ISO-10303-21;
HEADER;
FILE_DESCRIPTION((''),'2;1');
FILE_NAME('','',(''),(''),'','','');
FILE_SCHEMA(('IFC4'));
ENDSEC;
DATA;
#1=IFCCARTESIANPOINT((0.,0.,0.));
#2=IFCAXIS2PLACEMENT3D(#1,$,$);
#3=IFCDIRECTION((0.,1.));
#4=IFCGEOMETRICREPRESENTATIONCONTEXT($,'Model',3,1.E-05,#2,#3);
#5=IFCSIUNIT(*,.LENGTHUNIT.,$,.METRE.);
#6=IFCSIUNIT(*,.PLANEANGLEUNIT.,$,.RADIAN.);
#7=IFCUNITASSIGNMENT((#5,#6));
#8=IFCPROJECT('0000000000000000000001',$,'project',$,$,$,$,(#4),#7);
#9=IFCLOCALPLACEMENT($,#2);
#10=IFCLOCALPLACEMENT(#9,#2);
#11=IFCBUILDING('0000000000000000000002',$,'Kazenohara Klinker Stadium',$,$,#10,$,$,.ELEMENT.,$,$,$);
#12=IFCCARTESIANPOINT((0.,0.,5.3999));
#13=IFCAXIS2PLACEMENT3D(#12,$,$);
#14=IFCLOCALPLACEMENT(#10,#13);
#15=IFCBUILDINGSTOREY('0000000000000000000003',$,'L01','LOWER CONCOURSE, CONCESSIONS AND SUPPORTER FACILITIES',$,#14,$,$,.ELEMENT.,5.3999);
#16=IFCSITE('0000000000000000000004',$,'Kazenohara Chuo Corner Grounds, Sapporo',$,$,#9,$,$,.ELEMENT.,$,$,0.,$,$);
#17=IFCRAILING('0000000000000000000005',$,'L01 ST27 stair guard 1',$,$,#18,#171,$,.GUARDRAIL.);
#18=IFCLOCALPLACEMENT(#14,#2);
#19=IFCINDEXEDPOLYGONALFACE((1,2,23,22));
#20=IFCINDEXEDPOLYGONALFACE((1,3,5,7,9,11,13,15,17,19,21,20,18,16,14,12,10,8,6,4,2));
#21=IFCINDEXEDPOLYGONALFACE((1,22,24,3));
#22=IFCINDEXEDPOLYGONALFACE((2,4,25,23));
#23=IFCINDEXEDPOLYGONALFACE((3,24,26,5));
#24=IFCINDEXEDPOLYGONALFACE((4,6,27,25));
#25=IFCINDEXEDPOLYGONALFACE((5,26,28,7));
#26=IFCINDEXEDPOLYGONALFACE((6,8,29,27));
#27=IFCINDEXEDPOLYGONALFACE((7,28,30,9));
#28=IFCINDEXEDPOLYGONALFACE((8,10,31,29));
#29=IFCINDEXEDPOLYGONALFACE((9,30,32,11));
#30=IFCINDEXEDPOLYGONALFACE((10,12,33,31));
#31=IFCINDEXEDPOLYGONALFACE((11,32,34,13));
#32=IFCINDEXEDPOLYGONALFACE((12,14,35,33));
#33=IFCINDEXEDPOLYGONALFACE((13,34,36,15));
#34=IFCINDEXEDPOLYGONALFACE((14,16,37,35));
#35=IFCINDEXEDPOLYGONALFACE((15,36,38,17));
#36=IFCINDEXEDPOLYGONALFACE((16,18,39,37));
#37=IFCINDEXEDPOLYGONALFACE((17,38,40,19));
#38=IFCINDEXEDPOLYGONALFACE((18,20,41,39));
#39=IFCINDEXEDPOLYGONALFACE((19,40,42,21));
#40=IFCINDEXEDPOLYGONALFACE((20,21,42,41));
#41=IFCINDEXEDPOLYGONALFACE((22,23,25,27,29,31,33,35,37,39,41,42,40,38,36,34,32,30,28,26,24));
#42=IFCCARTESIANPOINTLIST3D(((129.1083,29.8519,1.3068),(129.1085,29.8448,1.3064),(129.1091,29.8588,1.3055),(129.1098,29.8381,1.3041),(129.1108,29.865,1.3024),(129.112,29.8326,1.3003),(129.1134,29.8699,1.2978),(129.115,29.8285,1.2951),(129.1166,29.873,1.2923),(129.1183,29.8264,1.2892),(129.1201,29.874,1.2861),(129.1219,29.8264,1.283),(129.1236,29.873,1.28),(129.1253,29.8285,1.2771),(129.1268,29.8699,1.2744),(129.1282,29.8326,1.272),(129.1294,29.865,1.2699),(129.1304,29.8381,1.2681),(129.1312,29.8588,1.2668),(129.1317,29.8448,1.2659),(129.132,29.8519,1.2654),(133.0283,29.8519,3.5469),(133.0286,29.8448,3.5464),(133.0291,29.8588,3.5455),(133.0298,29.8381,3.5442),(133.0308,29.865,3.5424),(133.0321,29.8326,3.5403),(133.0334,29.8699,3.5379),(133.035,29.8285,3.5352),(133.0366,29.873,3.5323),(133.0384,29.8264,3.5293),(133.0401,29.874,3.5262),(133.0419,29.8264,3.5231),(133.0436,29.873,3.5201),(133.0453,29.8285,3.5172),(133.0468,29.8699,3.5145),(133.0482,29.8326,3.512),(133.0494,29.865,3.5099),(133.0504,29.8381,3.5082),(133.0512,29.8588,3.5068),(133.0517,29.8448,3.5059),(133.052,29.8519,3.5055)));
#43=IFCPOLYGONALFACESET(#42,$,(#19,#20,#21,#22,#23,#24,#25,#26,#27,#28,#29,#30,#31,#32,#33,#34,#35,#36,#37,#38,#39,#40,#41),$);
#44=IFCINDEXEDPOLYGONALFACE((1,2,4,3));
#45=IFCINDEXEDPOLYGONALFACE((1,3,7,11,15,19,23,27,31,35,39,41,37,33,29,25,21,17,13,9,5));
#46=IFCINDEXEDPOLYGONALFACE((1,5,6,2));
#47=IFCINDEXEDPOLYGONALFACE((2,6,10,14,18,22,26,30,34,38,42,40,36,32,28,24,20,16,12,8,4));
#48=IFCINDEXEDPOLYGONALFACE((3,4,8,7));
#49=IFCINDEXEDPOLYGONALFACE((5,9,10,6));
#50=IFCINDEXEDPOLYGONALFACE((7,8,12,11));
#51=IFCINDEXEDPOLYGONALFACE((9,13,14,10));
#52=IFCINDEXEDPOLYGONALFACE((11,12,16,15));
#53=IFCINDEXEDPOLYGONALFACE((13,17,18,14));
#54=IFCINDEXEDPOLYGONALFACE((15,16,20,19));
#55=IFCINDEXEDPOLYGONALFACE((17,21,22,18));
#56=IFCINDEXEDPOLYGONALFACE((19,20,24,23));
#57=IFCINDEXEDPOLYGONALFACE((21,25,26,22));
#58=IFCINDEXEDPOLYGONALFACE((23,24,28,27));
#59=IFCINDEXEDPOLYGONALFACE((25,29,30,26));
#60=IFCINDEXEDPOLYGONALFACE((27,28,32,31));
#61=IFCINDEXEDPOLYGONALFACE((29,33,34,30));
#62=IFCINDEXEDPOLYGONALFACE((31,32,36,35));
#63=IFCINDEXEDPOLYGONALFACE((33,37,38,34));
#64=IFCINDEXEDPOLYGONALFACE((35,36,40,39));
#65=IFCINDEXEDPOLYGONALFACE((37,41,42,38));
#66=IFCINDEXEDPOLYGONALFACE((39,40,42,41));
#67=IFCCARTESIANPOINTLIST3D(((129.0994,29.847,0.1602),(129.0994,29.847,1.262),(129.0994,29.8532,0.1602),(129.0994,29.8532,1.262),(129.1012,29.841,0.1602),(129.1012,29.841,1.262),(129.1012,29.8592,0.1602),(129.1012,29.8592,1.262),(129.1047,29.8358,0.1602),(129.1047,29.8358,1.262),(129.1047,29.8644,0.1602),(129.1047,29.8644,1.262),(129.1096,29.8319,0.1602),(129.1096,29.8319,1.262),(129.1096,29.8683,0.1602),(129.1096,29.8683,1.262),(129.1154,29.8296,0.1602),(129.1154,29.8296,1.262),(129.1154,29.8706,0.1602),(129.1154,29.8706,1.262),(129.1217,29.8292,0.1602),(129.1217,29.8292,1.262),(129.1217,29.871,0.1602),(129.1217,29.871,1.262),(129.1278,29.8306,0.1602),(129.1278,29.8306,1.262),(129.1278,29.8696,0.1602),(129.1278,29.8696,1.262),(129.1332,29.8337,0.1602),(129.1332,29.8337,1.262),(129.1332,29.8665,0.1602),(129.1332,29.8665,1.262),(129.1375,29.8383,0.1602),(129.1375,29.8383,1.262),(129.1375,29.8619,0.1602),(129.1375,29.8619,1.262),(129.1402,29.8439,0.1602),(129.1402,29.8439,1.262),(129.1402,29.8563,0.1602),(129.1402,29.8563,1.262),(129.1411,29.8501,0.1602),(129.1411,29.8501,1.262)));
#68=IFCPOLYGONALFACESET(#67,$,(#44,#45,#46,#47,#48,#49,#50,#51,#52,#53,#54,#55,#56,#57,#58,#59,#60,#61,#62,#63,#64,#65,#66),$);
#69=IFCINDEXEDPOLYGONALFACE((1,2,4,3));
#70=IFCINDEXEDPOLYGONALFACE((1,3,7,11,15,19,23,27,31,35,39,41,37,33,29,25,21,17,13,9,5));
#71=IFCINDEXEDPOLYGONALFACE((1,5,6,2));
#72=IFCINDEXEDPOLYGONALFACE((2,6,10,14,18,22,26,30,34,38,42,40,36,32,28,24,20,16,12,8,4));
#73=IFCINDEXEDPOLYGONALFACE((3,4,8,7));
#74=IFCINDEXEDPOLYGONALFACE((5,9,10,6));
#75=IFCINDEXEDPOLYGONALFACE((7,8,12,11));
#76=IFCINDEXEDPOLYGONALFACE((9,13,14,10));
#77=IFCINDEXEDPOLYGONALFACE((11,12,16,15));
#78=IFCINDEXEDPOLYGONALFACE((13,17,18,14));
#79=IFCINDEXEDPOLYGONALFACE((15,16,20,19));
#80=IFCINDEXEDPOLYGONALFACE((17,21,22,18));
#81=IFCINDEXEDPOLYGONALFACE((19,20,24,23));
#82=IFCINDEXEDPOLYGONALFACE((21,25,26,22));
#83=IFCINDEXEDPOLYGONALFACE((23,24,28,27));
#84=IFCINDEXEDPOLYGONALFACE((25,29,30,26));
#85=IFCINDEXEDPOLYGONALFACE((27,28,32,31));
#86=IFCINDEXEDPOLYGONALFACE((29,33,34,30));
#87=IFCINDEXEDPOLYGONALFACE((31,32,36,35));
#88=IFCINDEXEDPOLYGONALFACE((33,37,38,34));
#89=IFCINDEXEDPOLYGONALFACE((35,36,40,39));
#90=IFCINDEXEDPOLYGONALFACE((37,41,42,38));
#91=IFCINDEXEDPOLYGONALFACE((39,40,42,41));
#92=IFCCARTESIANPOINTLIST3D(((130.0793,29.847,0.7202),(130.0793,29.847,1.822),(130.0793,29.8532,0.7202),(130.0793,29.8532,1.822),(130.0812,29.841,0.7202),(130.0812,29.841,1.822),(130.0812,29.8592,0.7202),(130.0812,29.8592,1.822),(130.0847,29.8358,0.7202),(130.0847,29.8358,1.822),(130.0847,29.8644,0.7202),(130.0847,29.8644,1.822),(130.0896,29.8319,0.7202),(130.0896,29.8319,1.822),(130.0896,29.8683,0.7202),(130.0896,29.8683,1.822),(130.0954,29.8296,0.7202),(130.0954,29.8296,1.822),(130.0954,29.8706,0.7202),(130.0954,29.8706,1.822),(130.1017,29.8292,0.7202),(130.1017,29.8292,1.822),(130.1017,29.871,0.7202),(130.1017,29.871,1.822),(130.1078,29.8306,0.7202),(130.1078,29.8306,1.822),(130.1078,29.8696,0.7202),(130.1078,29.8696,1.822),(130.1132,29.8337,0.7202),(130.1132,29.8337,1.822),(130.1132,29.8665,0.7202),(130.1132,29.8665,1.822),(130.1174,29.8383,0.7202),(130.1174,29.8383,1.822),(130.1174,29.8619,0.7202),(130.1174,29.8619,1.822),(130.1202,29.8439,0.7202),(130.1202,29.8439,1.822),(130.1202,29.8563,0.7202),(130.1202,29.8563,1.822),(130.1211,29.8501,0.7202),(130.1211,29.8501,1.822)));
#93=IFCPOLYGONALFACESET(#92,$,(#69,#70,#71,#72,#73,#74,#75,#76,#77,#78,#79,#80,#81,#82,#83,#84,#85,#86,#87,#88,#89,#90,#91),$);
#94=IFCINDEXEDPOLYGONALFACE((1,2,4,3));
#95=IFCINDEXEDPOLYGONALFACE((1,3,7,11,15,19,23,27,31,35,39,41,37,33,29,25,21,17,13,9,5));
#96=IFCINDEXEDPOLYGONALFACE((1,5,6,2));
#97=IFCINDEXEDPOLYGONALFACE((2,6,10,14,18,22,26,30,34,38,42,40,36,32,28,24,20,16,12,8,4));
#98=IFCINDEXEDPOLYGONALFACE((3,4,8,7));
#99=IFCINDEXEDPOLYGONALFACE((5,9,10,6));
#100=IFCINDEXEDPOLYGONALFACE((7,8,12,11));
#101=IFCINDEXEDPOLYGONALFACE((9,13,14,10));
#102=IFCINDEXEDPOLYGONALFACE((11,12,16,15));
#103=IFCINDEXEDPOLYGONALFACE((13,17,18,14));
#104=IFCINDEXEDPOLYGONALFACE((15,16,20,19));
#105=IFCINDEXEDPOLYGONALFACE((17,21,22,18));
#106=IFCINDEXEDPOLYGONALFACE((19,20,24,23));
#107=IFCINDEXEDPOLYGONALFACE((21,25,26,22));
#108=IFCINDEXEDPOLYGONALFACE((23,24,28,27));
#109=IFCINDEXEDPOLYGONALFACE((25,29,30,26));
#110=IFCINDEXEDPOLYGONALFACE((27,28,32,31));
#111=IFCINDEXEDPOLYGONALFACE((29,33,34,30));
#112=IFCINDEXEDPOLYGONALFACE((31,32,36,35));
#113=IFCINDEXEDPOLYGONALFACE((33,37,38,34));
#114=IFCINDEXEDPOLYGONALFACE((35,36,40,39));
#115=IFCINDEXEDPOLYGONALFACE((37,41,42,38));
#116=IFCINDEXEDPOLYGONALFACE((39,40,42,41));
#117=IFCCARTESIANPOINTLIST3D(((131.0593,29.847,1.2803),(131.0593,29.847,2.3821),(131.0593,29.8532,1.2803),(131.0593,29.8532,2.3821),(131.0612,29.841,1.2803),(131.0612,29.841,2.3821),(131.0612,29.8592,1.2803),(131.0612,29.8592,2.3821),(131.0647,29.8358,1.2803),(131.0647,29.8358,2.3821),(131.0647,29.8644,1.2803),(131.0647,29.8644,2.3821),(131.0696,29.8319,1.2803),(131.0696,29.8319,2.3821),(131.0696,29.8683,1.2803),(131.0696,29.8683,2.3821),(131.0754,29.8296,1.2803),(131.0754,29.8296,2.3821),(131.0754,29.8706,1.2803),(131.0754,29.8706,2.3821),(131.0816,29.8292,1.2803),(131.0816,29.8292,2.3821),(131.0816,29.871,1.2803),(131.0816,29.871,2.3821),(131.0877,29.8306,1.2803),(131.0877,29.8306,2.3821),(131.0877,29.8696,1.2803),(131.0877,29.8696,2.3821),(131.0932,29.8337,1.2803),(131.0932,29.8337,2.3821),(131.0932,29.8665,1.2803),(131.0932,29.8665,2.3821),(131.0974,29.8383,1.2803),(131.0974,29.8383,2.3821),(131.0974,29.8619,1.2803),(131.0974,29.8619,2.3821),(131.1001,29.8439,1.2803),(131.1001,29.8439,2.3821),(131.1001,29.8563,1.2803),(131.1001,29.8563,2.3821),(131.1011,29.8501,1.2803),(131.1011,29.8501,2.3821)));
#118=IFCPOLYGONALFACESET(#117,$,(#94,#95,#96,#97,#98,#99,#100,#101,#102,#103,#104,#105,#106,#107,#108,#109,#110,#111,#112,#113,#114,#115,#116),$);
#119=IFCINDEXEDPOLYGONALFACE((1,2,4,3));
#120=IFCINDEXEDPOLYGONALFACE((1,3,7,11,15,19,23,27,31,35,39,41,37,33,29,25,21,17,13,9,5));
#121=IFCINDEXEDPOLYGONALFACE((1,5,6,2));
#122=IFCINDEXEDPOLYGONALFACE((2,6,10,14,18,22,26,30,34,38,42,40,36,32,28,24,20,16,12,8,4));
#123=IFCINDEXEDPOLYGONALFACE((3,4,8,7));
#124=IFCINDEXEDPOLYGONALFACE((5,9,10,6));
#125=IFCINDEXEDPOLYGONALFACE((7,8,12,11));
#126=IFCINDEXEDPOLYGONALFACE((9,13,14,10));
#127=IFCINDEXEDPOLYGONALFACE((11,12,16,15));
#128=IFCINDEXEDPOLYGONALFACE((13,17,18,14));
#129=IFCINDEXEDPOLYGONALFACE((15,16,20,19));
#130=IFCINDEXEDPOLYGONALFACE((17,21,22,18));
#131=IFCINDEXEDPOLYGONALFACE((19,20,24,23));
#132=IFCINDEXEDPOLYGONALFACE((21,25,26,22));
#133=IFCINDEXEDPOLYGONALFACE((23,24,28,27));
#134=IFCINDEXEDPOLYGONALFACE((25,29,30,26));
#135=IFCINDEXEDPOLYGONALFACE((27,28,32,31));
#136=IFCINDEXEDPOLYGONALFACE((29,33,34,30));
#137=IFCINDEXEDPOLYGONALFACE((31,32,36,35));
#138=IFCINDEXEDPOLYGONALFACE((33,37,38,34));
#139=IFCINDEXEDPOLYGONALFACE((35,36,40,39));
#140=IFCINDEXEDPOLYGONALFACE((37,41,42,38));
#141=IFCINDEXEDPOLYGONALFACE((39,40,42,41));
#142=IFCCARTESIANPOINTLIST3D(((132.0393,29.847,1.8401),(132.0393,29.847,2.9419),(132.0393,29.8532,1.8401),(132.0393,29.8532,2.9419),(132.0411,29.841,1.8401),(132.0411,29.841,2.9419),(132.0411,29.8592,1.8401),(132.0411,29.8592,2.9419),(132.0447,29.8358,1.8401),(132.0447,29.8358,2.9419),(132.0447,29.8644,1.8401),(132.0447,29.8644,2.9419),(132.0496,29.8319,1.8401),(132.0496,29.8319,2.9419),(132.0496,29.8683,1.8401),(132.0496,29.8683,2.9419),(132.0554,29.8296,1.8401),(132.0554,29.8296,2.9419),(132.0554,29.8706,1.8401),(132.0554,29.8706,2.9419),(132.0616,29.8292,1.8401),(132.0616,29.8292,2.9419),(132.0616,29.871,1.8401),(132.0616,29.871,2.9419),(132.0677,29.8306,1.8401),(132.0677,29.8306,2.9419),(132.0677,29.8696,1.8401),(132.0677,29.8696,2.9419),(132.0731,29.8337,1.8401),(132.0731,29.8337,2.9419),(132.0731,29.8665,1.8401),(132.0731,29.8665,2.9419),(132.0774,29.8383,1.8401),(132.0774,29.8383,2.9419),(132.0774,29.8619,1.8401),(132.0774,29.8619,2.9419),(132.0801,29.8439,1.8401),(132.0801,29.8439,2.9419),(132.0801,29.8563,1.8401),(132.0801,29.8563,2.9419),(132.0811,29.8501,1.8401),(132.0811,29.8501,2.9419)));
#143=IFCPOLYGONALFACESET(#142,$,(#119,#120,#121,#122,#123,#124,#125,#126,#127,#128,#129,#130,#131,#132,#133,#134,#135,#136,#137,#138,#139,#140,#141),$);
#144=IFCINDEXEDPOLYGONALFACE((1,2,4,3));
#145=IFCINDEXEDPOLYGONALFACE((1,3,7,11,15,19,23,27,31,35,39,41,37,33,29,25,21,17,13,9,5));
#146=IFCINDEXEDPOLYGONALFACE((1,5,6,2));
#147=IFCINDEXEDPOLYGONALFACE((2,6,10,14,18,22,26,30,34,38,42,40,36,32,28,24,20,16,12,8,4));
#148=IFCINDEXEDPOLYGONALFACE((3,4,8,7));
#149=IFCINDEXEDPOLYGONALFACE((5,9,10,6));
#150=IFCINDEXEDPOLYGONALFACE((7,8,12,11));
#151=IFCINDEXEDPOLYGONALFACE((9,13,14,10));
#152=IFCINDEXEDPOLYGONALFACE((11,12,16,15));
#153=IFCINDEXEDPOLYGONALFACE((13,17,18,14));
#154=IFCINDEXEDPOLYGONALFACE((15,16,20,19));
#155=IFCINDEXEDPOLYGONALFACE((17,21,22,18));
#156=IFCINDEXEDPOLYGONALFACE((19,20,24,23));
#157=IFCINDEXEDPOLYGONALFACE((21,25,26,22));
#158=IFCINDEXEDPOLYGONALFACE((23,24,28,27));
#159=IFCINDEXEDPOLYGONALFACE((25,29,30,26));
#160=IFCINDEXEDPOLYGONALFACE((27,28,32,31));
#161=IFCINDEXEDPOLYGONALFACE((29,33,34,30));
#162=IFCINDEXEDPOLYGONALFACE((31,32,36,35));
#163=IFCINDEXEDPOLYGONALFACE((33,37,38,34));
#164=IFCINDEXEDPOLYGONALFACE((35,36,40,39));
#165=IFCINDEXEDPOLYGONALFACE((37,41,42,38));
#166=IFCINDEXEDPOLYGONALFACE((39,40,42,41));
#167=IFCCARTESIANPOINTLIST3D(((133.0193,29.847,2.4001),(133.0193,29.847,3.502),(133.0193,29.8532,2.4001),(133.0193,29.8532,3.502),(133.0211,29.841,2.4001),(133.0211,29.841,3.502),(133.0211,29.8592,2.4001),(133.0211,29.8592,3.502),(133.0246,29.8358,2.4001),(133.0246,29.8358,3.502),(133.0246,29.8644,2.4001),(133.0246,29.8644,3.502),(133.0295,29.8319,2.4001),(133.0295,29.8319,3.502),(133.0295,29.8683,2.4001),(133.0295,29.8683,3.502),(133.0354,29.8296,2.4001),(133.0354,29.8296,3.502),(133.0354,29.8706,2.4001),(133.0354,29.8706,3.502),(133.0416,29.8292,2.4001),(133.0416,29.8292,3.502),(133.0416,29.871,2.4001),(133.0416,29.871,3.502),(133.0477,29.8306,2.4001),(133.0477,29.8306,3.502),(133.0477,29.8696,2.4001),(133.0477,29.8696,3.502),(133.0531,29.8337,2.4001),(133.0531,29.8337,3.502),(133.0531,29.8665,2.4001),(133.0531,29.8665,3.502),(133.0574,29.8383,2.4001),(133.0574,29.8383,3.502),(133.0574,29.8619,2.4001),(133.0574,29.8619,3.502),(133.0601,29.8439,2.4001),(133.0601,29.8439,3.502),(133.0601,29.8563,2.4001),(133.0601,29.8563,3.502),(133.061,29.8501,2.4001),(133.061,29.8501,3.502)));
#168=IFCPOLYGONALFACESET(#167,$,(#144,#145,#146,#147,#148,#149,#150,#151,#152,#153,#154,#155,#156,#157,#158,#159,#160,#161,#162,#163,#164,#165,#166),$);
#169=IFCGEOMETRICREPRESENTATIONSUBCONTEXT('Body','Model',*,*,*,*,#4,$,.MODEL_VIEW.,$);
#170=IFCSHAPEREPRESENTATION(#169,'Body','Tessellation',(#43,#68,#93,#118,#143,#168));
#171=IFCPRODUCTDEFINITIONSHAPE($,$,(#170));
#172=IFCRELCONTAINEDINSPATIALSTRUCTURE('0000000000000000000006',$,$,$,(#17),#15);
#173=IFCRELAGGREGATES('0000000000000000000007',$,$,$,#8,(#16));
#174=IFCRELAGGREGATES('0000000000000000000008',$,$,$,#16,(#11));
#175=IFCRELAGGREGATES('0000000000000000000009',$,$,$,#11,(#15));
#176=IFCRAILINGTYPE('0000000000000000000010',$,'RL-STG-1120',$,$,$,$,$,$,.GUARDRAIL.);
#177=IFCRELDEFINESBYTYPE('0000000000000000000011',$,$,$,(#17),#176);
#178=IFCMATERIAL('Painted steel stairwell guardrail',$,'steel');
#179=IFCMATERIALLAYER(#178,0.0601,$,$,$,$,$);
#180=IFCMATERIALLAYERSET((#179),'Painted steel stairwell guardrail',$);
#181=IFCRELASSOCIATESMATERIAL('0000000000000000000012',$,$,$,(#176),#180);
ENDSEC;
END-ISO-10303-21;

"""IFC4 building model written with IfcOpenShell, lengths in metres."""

from ifc_helpers import new_model, si_unit, direction, frame, origin, origin_2d, place, context, subcontext, project, spatial, circle, extrude, material, layer, layer_set, type_object, element, save


model = new_model("IFC4")

# Units and contexts
model_context = context("Model", 3, precision=1e-05, world=origin(), true_north=direction((0.0, 1.0)))
body_context = subcontext(model_context, "Body", "Model", "MODEL_VIEW")
ifc_project = project(units=[si_unit("LENGTHUNIT", "METRE"), si_unit("PLANEANGLEUNIT", "RADIAN")], contexts=[model_context])

# Site, building, storey
site_placement = place(None, origin())
site = spatial("IfcSite", under=ifc_project, at=site_placement, Name="Kazenohara Chuo Corner Grounds, Sapporo", CompositionType="ELEMENT", RefElevation=0.0)
building_placement = place(site_placement, origin())
building = spatial("IfcBuilding", under=site, at=building_placement, Name="Kazenohara Klinker Stadium", CompositionType="ELEMENT")
storey_placement = place(building_placement, frame((0.0, 0.0, 5.3999)))
storey = spatial("IfcBuildingStorey", under=building, at=storey_placement, Name="L01", Description="LOWER CONCOURSE, CONCESSIONS AND SUPPORTER FACILITIES", CompositionType="ELEMENT", Elevation=5.3999)

# Railing
ifc_material_1 = material(Name="Painted steel stairwell guardrail", Category="steel")
ifc_layer_1 = layer(ifc_material_1, 0.0601)
ifc_layer_set_1 = layer_set([ifc_layer_1], Name="Painted steel stairwell guardrail")
railing_type = type_object("IfcRailingType", Name="RL-STG-1120", PredefinedType="GUARDRAIL", material=ifc_layer_set_1)
railing_1_placement = place(storey_placement, frame((129.1201, 29.8501, 0.1602)))
element("IfcRailing", 1, at=railing_1_placement, inside=storey, type_object=railing_type, Name="L01 ST27 stair guard 1", PredefinedType="GUARDRAIL", context=body_context, shape_type="SweptSolid", body=[
    extrude(circle(Radius=0.0239, at=origin_2d()), frame((0.0, 0.0, 1.126), z_axis=(0.86824, 0.0, 0.496145), x_axis=(0.0, 1.0, 0.0)), (0.0, 0.0, 1.0), 4.5149),
    extrude(circle(Radius=0.021, at=origin_2d()), origin(), (0.0, 0.0, 1.0), 1.1018),
    extrude(circle(Radius=0.021, at=origin_2d()), frame((0.98, 0.0, 0.5601)), (0.0, 0.0, 1.0), 1.1018),
    extrude(circle(Radius=0.021, at=origin_2d()), frame((1.96, 0.0, 1.1201)), (0.0, 0.0, 1.0), 1.1018),
    extrude(circle(Radius=0.021, at=origin_2d()), frame((2.9399, 0.0, 1.6799)), (0.0, 0.0, 1.0), 1.1018),
    extrude(circle(Radius=0.021, at=origin_2d()), frame((3.9199, 0.0, 2.24)), (0.0, 0.0, 1.0), 1.1018),
])

save(model, "model.ifc")
